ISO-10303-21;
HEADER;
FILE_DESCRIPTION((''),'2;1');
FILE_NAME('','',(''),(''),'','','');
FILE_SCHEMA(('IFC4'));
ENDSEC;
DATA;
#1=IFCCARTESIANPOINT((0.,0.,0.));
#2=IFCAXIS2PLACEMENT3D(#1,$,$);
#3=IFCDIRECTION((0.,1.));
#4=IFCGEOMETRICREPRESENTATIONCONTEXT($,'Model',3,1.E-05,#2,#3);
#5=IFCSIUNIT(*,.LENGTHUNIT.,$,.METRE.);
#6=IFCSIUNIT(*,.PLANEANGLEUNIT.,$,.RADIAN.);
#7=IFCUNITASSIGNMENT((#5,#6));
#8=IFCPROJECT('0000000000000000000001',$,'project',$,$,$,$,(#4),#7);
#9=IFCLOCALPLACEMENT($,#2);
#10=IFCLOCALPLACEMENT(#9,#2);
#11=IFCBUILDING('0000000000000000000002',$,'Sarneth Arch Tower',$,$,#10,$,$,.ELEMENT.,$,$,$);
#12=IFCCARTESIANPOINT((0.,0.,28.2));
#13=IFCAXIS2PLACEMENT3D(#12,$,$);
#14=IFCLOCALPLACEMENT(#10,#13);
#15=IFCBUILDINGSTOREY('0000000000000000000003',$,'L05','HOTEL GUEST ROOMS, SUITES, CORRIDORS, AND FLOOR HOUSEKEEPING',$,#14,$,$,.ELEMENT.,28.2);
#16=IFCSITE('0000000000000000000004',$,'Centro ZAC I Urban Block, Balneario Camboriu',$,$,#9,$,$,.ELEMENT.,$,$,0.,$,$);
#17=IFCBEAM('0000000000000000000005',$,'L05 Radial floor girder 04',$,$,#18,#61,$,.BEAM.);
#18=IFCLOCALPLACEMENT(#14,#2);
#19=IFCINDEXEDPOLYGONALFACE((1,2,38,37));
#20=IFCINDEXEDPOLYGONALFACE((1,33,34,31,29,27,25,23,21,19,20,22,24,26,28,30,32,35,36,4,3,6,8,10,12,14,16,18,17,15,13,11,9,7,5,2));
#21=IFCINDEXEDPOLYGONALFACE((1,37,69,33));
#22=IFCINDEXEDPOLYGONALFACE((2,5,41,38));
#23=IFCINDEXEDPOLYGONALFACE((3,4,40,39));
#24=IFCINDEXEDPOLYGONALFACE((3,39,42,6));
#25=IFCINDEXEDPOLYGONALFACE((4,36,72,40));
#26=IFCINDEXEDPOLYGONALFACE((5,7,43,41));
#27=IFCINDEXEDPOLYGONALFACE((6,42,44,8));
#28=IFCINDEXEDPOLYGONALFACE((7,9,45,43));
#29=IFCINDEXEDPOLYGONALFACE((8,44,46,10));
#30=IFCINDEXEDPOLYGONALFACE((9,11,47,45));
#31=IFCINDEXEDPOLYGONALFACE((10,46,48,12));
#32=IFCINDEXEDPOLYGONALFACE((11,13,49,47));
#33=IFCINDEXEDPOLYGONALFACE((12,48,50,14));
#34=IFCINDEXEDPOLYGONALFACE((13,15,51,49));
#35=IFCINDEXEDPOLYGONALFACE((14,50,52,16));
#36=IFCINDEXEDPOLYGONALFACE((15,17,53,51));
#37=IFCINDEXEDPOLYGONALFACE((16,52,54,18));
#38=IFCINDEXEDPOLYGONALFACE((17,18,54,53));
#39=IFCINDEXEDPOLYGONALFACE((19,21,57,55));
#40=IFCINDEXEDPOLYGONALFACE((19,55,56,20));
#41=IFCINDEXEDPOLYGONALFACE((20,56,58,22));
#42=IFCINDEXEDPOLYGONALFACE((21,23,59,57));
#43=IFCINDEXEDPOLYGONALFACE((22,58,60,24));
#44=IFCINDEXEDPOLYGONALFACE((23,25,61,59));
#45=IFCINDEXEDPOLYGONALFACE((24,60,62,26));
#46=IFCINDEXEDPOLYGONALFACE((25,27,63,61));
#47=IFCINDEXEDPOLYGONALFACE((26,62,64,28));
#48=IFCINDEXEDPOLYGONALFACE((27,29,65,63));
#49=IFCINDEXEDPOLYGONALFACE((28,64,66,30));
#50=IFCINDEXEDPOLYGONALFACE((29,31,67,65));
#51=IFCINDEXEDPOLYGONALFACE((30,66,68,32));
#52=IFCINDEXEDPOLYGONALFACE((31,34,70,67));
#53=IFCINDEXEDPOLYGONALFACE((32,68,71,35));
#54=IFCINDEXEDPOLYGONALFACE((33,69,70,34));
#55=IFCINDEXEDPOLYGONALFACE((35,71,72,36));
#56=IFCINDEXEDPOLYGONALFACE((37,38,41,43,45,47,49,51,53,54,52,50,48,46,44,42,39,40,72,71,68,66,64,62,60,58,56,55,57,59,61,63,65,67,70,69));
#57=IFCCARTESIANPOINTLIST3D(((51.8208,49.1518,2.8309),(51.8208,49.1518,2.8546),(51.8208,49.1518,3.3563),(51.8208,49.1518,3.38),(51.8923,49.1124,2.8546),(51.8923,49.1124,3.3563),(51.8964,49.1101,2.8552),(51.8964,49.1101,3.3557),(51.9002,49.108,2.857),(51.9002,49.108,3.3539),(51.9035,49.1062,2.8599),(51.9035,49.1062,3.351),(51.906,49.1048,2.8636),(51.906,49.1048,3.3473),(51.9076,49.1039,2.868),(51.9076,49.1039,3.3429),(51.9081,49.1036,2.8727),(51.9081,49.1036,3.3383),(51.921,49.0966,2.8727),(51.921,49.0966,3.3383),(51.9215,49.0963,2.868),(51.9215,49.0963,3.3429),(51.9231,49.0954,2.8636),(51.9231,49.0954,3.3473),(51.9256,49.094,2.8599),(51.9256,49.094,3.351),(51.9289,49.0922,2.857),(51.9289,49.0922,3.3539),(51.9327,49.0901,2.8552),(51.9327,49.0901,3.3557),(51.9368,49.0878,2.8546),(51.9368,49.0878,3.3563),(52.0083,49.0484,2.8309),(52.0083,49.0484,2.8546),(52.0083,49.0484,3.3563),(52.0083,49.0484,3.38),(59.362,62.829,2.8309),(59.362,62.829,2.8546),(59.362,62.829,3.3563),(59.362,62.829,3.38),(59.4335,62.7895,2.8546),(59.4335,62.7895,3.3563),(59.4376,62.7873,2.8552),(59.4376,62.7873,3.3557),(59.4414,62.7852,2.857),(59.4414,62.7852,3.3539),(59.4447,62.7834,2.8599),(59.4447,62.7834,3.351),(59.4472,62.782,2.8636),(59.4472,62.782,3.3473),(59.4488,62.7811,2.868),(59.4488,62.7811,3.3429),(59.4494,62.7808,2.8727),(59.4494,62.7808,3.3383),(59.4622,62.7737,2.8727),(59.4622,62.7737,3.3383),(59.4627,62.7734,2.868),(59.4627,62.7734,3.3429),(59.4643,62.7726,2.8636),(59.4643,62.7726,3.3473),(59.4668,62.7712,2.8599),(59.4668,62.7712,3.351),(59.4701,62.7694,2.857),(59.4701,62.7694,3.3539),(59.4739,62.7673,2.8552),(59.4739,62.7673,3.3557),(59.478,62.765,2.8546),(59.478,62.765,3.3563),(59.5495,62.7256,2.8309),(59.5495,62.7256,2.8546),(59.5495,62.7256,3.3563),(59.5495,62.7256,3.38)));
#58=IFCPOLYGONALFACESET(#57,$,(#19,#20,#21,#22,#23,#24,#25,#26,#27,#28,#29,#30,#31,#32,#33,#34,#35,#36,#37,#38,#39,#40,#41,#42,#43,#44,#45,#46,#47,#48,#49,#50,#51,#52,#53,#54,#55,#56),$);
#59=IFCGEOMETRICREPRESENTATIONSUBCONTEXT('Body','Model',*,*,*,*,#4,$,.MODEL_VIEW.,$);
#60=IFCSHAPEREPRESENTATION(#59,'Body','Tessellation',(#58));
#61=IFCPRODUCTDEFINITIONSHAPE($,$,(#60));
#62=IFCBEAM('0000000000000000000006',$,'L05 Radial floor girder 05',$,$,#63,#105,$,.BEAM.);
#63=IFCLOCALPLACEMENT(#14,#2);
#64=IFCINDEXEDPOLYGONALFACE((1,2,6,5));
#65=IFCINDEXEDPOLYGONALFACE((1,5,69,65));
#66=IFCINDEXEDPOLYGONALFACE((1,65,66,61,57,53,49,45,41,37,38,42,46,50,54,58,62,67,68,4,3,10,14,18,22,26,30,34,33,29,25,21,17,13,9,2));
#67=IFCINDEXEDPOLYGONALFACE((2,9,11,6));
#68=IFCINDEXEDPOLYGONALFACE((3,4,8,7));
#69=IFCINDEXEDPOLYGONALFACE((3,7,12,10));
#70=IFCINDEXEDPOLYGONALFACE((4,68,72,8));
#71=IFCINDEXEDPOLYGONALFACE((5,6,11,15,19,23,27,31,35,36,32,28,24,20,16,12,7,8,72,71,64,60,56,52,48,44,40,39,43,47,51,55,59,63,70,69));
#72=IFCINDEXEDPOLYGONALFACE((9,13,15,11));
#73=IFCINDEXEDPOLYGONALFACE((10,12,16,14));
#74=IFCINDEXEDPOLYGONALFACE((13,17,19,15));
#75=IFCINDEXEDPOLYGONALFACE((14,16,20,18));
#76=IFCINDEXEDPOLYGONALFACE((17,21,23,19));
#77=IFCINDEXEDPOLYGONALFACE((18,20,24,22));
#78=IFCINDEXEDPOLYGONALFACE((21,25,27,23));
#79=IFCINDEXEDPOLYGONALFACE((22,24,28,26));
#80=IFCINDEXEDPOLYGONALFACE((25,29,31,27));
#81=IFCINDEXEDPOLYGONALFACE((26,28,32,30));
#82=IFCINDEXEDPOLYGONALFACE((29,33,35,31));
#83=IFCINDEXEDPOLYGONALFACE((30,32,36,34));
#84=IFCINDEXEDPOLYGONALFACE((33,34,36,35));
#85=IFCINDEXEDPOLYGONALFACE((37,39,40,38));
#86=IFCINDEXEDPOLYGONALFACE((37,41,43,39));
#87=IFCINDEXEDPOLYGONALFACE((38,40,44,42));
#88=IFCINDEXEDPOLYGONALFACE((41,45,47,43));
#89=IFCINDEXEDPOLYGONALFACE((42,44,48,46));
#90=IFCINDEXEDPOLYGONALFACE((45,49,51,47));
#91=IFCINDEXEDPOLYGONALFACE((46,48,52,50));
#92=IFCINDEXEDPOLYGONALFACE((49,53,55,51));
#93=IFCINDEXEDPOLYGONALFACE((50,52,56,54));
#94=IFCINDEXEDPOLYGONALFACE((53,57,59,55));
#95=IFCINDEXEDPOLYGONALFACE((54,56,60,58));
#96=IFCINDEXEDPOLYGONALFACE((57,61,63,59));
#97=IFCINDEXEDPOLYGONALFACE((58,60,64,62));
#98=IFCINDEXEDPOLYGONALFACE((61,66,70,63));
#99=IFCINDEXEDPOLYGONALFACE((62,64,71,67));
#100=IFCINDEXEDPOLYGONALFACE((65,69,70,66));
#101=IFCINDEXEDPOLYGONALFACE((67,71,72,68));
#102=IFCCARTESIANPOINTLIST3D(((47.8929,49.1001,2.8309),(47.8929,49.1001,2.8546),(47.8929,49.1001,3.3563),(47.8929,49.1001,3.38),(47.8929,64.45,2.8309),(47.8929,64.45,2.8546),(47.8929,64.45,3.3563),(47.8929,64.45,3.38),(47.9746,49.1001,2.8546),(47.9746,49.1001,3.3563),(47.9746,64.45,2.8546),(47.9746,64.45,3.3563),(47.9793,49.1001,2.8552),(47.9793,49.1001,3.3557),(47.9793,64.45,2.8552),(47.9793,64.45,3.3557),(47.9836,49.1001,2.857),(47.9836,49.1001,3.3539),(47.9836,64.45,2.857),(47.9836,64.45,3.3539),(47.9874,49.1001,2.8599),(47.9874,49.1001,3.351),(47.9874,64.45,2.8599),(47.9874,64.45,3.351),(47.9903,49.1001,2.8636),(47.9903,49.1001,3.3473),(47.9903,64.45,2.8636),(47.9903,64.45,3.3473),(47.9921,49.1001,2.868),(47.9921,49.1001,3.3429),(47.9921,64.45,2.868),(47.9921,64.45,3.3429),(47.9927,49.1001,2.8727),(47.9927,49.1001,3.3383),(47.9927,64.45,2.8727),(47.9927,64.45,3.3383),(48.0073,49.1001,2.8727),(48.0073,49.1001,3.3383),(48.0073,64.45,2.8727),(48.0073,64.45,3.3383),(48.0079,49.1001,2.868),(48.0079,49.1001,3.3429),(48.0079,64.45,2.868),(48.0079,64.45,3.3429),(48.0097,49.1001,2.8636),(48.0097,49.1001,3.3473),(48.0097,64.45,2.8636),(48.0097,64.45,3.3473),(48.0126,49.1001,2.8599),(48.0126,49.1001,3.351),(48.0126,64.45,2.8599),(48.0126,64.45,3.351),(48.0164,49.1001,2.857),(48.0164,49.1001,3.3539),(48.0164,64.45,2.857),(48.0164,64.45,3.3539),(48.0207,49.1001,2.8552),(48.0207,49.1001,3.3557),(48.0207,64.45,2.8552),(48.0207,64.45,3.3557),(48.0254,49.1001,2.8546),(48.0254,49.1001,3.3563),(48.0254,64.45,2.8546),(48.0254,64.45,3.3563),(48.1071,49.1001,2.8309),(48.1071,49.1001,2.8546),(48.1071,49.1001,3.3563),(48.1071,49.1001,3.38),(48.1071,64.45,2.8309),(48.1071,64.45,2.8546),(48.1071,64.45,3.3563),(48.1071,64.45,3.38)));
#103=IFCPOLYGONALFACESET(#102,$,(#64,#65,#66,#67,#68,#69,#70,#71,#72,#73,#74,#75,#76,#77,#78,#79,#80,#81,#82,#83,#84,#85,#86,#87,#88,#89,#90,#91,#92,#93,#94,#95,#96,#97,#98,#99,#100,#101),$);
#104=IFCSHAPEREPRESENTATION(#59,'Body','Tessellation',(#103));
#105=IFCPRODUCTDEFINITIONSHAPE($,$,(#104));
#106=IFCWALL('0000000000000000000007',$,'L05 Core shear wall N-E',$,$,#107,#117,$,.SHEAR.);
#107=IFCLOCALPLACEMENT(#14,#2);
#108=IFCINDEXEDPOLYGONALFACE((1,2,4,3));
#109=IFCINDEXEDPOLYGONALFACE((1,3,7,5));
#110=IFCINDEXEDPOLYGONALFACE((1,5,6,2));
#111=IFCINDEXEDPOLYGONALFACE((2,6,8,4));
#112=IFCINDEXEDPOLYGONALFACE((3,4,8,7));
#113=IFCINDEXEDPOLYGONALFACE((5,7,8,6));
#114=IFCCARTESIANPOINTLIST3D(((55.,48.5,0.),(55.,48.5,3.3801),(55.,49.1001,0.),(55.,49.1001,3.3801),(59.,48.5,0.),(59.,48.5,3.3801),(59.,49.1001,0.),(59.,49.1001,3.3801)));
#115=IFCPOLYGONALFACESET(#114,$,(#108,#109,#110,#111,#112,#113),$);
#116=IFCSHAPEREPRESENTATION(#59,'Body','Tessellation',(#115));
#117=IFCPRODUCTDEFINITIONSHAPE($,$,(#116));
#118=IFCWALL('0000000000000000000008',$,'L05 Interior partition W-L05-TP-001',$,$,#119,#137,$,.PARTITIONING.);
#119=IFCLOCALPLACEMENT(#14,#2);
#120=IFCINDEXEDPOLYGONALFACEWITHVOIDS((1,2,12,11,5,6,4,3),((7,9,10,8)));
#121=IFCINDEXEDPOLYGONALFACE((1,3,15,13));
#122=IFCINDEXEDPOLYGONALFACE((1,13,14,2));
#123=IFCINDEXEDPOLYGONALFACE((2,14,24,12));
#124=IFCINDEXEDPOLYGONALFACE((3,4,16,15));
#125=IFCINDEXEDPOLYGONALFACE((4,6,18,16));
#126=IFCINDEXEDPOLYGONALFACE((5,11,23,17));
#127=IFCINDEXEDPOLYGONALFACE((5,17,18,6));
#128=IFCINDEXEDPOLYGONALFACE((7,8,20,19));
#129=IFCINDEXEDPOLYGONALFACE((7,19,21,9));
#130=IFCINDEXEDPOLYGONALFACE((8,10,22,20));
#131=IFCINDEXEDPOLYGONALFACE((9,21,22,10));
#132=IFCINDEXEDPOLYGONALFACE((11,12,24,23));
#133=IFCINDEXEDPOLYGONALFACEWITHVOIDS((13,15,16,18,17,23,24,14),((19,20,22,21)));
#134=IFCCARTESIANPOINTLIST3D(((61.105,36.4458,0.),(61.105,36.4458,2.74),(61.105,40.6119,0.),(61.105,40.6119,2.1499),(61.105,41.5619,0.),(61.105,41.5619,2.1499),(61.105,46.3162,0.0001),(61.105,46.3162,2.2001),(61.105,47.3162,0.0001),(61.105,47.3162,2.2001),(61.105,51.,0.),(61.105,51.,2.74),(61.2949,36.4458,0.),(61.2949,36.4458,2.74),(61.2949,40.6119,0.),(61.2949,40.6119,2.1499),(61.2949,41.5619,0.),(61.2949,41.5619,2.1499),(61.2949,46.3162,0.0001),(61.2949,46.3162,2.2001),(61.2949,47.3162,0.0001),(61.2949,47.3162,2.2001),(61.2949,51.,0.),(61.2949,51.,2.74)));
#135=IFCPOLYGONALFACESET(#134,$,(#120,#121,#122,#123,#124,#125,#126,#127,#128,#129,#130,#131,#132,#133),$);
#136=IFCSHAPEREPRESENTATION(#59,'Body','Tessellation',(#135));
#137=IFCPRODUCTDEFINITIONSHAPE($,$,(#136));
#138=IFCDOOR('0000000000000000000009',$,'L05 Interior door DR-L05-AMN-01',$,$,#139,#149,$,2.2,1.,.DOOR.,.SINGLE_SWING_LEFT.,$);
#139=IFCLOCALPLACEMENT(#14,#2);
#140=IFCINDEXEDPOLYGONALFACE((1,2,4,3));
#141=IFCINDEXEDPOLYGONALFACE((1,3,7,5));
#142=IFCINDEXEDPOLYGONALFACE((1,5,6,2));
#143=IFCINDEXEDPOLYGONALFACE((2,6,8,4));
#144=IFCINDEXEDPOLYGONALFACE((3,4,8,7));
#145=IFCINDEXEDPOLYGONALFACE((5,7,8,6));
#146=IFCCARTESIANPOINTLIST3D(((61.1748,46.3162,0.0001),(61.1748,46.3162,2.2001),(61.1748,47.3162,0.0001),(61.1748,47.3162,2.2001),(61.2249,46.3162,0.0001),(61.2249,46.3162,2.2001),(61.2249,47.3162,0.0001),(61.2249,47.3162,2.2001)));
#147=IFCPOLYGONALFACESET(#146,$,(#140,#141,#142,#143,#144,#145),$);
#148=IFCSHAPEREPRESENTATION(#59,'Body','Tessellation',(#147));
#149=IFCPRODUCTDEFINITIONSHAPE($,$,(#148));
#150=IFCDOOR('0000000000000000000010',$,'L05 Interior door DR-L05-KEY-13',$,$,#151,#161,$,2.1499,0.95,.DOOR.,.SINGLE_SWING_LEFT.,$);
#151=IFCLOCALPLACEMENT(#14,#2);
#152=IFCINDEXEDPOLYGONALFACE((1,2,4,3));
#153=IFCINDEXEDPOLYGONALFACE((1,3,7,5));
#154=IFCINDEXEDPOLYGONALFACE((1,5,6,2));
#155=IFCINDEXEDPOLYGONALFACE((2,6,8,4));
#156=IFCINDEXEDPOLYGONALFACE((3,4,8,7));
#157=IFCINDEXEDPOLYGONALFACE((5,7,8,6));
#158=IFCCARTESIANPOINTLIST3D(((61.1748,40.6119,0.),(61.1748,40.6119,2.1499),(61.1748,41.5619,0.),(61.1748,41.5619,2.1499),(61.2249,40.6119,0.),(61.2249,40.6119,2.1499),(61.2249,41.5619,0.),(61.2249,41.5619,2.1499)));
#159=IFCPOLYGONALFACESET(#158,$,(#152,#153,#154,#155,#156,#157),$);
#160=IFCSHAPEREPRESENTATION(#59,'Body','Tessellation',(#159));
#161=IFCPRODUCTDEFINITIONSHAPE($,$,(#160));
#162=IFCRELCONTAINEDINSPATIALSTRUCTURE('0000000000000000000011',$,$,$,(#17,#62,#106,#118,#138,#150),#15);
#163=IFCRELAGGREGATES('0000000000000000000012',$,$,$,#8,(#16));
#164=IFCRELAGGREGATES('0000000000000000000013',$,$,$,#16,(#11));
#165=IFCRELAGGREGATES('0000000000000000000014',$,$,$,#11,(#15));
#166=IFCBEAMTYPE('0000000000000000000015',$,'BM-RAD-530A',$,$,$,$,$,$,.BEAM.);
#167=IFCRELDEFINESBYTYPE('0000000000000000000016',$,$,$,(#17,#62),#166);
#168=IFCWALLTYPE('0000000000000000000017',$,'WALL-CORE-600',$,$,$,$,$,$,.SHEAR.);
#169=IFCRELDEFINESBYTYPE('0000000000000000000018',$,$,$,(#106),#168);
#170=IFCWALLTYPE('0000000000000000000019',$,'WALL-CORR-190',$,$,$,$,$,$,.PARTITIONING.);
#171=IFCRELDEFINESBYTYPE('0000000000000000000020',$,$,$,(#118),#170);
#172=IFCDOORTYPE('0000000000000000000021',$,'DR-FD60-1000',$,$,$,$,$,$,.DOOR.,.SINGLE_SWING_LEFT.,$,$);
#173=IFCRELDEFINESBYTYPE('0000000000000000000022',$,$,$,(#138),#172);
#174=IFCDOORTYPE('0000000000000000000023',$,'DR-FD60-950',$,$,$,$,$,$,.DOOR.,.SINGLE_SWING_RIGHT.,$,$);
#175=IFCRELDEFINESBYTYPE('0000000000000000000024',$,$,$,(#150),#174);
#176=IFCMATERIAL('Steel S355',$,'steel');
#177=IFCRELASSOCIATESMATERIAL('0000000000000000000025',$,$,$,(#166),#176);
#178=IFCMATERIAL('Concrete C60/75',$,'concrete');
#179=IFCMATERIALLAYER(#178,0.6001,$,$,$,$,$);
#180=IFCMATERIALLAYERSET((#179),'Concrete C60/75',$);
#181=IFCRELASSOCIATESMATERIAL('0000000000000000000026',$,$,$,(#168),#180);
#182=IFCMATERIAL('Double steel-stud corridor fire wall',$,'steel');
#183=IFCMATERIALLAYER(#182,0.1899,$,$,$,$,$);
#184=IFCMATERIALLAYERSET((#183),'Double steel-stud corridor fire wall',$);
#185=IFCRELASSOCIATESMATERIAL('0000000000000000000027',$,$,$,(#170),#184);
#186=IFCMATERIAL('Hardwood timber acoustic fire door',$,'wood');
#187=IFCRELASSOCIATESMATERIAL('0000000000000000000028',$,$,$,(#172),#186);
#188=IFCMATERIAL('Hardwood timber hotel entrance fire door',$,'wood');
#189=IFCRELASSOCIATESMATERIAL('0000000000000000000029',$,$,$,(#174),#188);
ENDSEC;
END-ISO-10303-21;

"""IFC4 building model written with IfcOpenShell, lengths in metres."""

from ifc_helpers import new_model, si_unit, direction, frame, frame_2d, origin, origin_2d, place, context, subcontext, project, spatial, rectangle, i_section, extrude, material, layer, layer_set, material_profile, profile_set, type_object, element, fill, save


model = new_model("IFC4")

# Units and contexts
model_context = context("Model", 3, precision=1e-05, world=origin(), true_north=direction((0.0, 1.0)))
body_context = subcontext(model_context, "Body", "Model", "MODEL_VIEW")
ifc_project = project(units=[si_unit("LENGTHUNIT", "METRE"), si_unit("PLANEANGLEUNIT", "RADIAN")], contexts=[model_context])

# Site, building, storey
site_placement = place(None, origin())
site = spatial("IfcSite", under=ifc_project, at=site_placement, Name="Centro ZAC I Urban Block, Balneario Camboriu", CompositionType="ELEMENT", RefElevation=0.0)
building_placement = place(site_placement, origin())
building = spatial("IfcBuilding", under=site, at=building_placement, Name="Sarneth Arch Tower", CompositionType="ELEMENT")
storey_placement = place(building_placement, frame((0.0, 0.0, 28.2)))
storey = spatial("IfcBuildingStorey", under=building, at=storey_placement, Name="L05", Description="HOTEL GUEST ROOMS, SUITES, CORRIDORS, AND FLOOR HOUSEKEEPING", CompositionType="ELEMENT", Elevation=28.2)

# Beams
ifc_material_1 = material(Name="Steel S355", Category="steel")
ifc_material_profile_1 = material_profile(ifc_material_1, i_section(OverallWidth=0.2141, OverallDepth=0.5491, WebThickness=0.0146, FlangeThickness=0.0237, FilletRadius=0.0181, at=origin_2d()), Name="W530x138")
ifc_profile_set_1 = profile_set([ifc_material_profile_1], Name="Steel S355")
beam_type_1 = type_object("IfcBeamType", Name="BM-RAD-530A", PredefinedType="BEAM", material=ifc_profile_set_1)
beam_1_placement = place(storey_placement, frame((51.9146, 49.1001, 3.1055), z_axis=(0.482841, 0.875708, 0.0), x_axis=(-0.875708, 0.482841, 0.0)))
element("IfcBeam", 1, at=beam_1_placement, inside=storey, type_object=beam_type_1, Name="L05 Radial floor girder 04", PredefinedType="BEAM", context=body_context, shape_type="SweptSolid", body=[
    extrude(i_section(OverallWidth=0.2141, OverallDepth=0.5491, WebThickness=0.0146, FlangeThickness=0.0237, FilletRadius=0.0181, at=origin_2d()), origin(), (0.0, 0.0, 1.0), 15.6184),
])
beam_2_placement = place(storey_placement, frame((48.0, 49.1001, 3.1055), z_axis=(0.0, 1.0, 0.0), x_axis=(-1.0, 0.0, 0.0)))
element("IfcBeam", 2, at=beam_2_placement, inside=storey, type_object=beam_type_1, Name="L05 Radial floor girder 05", PredefinedType="BEAM", context=body_context, shape_type="SweptSolid", body=[
    extrude(i_section(OverallWidth=0.2141, OverallDepth=0.5491, WebThickness=0.0146, FlangeThickness=0.0237, FilletRadius=0.0181, at=origin_2d()), origin(), (0.0, 0.0, 1.0), 15.3499),
])

# Wall
ifc_material_2 = material(Name="Concrete C60/75", Category="concrete")
ifc_layer_1 = layer(ifc_material_2, 0.6001)
ifc_layer_set_1 = layer_set([ifc_layer_1], Name="Concrete C60/75")
wall_type_1 = type_object("IfcWallType", Name="WALL-CORE-600", PredefinedType="SHEAR", material=ifc_layer_set_1)
wall_1_placement = place(storey_placement, frame((55.0, 48.8, 0.0), z_axis=(0.0, 0.0, 1.0), x_axis=(1.0, 0.0, 0.0)))
element("IfcWall", 3, at=wall_1_placement, inside=storey, type_object=wall_type_1, Name="L05 Core shear wall N-E", PredefinedType="SHEAR", context=body_context, shape_type="SweptSolid", body=[
    extrude(rectangle(XDim=4.0, YDim=0.6001, at=frame_2d((2.0, 0.0))), origin(), (0.0, 0.0, 1.0), 3.3801),
])

# Wall, openings, doors
ifc_material_3 = material(Name="Double steel-stud corridor fire wall", Category="steel")
ifc_layer_2 = layer(ifc_material_3, 0.1899)
ifc_layer_set_2 = layer_set([ifc_layer_2], Name="Double steel-stud corridor fire wall")
wall_type_2 = type_object("IfcWallType", Name="WALL-CORR-190", PredefinedType="PARTITIONING", material=ifc_layer_set_2)
wall_2_placement = place(storey_placement, frame((61.2, 51.0, 0.0), z_axis=(0.0, 0.0, 1.0), x_axis=(0.0, -1.0, 0.0)))
wall_2 = element("IfcWall", 4, at=wall_2_placement, inside=storey, type_object=wall_type_2, Name="L05 Interior partition W-L05-TP-001", PredefinedType="PARTITIONING", context=body_context, shape_type="SweptSolid", body=[
    extrude(rectangle(XDim=14.5542, YDim=0.1899, at=frame_2d((7.2771, 0.0))), origin(), (0.0, 0.0, 1.0), 2.74),
])
opening_1_placement = place(wall_2_placement, frame((3.6838, 0.0, 0.0)))
opening_1 = element("IfcOpeningElement", 5, at=opening_1_placement, cuts=wall_2, PredefinedType="OPENING", context=body_context, shape_type="SweptSolid", body=[
    extrude(rectangle(XDim=1.0, YDim=2.2, at=frame_2d((0.5, 1.1001))), frame((0.0, 0.105, 0.0), z_axis=(0.0, -1.0, 0.0), x_axis=(1.0, 0.0, 0.0)), (0.0, 0.0, 1.0), 0.21),
])
opening_2_placement = place(wall_2_placement, frame((9.438, 0.0, 0.0)))
opening_2 = element("IfcOpeningElement", 6, at=opening_2_placement, cuts=wall_2, PredefinedType="OPENING", context=body_context, shape_type="SweptSolid", body=[
    extrude(rectangle(XDim=0.95, YDim=2.1499, at=frame_2d((0.4751, 1.075))), frame((0.0, 0.105, 0.0), z_axis=(0.0, -1.0, 0.0), x_axis=(1.0, 0.0, 0.0)), (0.0, 0.0, 1.0), 0.21),
])
ifc_material_4 = material(Name="Hardwood timber acoustic fire door", Category="wood")
door_type_1 = type_object("IfcDoorType", Name="DR-FD60-1000", OperationType="SINGLE_SWING_LEFT", PredefinedType="DOOR", material=ifc_material_4)
door_1_placement = place(opening_1_placement, origin())
door_1 = element("IfcDoor", 7, at=door_1_placement, inside=storey, type_object=door_type_1, Name="L05 Interior door DR-L05-AMN-01", OperationType="SINGLE_SWING_LEFT", OverallHeight=2.2, OverallWidth=1.0, PredefinedType="DOOR", context=body_context, shape_type="SweptSolid", body=[
    extrude(rectangle(XDim=1.0, YDim=2.2, at=frame_2d((0.5, 1.1001))), frame((0.0, 0.0249, 0.0), z_axis=(0.0, -1.0, 0.0), x_axis=(1.0, 0.0, 0.0)), (0.0, 0.0, 1.0), 0.05),
])
fill(opening_1, door_1)
ifc_material_5 = material(Name="Hardwood timber hotel entrance fire door", Category="wood")
door_type_2 = type_object("IfcDoorType", Name="DR-FD60-950", OperationType="SINGLE_SWING_RIGHT", PredefinedType="DOOR", material=ifc_material_5)
door_2_placement = place(opening_2_placement, origin())
door_2 = element("IfcDoor", 8, at=door_2_placement, inside=storey, type_object=door_type_2, Name="L05 Interior door DR-L05-KEY-13", OperationType="SINGLE_SWING_LEFT", OverallHeight=2.1499, OverallWidth=0.95, PredefinedType="DOOR", context=body_context, shape_type="SweptSolid", body=[
    extrude(rectangle(XDim=0.95, YDim=2.1499, at=frame_2d((0.4751, 1.075))), frame((0.0, 0.0249, 0.0), z_axis=(0.0, -1.0, 0.0), x_axis=(1.0, 0.0, 0.0)), (0.0, 0.0, 1.0), 0.05),
])
fill(opening_2, door_2)

save(model, "model.ifc")
